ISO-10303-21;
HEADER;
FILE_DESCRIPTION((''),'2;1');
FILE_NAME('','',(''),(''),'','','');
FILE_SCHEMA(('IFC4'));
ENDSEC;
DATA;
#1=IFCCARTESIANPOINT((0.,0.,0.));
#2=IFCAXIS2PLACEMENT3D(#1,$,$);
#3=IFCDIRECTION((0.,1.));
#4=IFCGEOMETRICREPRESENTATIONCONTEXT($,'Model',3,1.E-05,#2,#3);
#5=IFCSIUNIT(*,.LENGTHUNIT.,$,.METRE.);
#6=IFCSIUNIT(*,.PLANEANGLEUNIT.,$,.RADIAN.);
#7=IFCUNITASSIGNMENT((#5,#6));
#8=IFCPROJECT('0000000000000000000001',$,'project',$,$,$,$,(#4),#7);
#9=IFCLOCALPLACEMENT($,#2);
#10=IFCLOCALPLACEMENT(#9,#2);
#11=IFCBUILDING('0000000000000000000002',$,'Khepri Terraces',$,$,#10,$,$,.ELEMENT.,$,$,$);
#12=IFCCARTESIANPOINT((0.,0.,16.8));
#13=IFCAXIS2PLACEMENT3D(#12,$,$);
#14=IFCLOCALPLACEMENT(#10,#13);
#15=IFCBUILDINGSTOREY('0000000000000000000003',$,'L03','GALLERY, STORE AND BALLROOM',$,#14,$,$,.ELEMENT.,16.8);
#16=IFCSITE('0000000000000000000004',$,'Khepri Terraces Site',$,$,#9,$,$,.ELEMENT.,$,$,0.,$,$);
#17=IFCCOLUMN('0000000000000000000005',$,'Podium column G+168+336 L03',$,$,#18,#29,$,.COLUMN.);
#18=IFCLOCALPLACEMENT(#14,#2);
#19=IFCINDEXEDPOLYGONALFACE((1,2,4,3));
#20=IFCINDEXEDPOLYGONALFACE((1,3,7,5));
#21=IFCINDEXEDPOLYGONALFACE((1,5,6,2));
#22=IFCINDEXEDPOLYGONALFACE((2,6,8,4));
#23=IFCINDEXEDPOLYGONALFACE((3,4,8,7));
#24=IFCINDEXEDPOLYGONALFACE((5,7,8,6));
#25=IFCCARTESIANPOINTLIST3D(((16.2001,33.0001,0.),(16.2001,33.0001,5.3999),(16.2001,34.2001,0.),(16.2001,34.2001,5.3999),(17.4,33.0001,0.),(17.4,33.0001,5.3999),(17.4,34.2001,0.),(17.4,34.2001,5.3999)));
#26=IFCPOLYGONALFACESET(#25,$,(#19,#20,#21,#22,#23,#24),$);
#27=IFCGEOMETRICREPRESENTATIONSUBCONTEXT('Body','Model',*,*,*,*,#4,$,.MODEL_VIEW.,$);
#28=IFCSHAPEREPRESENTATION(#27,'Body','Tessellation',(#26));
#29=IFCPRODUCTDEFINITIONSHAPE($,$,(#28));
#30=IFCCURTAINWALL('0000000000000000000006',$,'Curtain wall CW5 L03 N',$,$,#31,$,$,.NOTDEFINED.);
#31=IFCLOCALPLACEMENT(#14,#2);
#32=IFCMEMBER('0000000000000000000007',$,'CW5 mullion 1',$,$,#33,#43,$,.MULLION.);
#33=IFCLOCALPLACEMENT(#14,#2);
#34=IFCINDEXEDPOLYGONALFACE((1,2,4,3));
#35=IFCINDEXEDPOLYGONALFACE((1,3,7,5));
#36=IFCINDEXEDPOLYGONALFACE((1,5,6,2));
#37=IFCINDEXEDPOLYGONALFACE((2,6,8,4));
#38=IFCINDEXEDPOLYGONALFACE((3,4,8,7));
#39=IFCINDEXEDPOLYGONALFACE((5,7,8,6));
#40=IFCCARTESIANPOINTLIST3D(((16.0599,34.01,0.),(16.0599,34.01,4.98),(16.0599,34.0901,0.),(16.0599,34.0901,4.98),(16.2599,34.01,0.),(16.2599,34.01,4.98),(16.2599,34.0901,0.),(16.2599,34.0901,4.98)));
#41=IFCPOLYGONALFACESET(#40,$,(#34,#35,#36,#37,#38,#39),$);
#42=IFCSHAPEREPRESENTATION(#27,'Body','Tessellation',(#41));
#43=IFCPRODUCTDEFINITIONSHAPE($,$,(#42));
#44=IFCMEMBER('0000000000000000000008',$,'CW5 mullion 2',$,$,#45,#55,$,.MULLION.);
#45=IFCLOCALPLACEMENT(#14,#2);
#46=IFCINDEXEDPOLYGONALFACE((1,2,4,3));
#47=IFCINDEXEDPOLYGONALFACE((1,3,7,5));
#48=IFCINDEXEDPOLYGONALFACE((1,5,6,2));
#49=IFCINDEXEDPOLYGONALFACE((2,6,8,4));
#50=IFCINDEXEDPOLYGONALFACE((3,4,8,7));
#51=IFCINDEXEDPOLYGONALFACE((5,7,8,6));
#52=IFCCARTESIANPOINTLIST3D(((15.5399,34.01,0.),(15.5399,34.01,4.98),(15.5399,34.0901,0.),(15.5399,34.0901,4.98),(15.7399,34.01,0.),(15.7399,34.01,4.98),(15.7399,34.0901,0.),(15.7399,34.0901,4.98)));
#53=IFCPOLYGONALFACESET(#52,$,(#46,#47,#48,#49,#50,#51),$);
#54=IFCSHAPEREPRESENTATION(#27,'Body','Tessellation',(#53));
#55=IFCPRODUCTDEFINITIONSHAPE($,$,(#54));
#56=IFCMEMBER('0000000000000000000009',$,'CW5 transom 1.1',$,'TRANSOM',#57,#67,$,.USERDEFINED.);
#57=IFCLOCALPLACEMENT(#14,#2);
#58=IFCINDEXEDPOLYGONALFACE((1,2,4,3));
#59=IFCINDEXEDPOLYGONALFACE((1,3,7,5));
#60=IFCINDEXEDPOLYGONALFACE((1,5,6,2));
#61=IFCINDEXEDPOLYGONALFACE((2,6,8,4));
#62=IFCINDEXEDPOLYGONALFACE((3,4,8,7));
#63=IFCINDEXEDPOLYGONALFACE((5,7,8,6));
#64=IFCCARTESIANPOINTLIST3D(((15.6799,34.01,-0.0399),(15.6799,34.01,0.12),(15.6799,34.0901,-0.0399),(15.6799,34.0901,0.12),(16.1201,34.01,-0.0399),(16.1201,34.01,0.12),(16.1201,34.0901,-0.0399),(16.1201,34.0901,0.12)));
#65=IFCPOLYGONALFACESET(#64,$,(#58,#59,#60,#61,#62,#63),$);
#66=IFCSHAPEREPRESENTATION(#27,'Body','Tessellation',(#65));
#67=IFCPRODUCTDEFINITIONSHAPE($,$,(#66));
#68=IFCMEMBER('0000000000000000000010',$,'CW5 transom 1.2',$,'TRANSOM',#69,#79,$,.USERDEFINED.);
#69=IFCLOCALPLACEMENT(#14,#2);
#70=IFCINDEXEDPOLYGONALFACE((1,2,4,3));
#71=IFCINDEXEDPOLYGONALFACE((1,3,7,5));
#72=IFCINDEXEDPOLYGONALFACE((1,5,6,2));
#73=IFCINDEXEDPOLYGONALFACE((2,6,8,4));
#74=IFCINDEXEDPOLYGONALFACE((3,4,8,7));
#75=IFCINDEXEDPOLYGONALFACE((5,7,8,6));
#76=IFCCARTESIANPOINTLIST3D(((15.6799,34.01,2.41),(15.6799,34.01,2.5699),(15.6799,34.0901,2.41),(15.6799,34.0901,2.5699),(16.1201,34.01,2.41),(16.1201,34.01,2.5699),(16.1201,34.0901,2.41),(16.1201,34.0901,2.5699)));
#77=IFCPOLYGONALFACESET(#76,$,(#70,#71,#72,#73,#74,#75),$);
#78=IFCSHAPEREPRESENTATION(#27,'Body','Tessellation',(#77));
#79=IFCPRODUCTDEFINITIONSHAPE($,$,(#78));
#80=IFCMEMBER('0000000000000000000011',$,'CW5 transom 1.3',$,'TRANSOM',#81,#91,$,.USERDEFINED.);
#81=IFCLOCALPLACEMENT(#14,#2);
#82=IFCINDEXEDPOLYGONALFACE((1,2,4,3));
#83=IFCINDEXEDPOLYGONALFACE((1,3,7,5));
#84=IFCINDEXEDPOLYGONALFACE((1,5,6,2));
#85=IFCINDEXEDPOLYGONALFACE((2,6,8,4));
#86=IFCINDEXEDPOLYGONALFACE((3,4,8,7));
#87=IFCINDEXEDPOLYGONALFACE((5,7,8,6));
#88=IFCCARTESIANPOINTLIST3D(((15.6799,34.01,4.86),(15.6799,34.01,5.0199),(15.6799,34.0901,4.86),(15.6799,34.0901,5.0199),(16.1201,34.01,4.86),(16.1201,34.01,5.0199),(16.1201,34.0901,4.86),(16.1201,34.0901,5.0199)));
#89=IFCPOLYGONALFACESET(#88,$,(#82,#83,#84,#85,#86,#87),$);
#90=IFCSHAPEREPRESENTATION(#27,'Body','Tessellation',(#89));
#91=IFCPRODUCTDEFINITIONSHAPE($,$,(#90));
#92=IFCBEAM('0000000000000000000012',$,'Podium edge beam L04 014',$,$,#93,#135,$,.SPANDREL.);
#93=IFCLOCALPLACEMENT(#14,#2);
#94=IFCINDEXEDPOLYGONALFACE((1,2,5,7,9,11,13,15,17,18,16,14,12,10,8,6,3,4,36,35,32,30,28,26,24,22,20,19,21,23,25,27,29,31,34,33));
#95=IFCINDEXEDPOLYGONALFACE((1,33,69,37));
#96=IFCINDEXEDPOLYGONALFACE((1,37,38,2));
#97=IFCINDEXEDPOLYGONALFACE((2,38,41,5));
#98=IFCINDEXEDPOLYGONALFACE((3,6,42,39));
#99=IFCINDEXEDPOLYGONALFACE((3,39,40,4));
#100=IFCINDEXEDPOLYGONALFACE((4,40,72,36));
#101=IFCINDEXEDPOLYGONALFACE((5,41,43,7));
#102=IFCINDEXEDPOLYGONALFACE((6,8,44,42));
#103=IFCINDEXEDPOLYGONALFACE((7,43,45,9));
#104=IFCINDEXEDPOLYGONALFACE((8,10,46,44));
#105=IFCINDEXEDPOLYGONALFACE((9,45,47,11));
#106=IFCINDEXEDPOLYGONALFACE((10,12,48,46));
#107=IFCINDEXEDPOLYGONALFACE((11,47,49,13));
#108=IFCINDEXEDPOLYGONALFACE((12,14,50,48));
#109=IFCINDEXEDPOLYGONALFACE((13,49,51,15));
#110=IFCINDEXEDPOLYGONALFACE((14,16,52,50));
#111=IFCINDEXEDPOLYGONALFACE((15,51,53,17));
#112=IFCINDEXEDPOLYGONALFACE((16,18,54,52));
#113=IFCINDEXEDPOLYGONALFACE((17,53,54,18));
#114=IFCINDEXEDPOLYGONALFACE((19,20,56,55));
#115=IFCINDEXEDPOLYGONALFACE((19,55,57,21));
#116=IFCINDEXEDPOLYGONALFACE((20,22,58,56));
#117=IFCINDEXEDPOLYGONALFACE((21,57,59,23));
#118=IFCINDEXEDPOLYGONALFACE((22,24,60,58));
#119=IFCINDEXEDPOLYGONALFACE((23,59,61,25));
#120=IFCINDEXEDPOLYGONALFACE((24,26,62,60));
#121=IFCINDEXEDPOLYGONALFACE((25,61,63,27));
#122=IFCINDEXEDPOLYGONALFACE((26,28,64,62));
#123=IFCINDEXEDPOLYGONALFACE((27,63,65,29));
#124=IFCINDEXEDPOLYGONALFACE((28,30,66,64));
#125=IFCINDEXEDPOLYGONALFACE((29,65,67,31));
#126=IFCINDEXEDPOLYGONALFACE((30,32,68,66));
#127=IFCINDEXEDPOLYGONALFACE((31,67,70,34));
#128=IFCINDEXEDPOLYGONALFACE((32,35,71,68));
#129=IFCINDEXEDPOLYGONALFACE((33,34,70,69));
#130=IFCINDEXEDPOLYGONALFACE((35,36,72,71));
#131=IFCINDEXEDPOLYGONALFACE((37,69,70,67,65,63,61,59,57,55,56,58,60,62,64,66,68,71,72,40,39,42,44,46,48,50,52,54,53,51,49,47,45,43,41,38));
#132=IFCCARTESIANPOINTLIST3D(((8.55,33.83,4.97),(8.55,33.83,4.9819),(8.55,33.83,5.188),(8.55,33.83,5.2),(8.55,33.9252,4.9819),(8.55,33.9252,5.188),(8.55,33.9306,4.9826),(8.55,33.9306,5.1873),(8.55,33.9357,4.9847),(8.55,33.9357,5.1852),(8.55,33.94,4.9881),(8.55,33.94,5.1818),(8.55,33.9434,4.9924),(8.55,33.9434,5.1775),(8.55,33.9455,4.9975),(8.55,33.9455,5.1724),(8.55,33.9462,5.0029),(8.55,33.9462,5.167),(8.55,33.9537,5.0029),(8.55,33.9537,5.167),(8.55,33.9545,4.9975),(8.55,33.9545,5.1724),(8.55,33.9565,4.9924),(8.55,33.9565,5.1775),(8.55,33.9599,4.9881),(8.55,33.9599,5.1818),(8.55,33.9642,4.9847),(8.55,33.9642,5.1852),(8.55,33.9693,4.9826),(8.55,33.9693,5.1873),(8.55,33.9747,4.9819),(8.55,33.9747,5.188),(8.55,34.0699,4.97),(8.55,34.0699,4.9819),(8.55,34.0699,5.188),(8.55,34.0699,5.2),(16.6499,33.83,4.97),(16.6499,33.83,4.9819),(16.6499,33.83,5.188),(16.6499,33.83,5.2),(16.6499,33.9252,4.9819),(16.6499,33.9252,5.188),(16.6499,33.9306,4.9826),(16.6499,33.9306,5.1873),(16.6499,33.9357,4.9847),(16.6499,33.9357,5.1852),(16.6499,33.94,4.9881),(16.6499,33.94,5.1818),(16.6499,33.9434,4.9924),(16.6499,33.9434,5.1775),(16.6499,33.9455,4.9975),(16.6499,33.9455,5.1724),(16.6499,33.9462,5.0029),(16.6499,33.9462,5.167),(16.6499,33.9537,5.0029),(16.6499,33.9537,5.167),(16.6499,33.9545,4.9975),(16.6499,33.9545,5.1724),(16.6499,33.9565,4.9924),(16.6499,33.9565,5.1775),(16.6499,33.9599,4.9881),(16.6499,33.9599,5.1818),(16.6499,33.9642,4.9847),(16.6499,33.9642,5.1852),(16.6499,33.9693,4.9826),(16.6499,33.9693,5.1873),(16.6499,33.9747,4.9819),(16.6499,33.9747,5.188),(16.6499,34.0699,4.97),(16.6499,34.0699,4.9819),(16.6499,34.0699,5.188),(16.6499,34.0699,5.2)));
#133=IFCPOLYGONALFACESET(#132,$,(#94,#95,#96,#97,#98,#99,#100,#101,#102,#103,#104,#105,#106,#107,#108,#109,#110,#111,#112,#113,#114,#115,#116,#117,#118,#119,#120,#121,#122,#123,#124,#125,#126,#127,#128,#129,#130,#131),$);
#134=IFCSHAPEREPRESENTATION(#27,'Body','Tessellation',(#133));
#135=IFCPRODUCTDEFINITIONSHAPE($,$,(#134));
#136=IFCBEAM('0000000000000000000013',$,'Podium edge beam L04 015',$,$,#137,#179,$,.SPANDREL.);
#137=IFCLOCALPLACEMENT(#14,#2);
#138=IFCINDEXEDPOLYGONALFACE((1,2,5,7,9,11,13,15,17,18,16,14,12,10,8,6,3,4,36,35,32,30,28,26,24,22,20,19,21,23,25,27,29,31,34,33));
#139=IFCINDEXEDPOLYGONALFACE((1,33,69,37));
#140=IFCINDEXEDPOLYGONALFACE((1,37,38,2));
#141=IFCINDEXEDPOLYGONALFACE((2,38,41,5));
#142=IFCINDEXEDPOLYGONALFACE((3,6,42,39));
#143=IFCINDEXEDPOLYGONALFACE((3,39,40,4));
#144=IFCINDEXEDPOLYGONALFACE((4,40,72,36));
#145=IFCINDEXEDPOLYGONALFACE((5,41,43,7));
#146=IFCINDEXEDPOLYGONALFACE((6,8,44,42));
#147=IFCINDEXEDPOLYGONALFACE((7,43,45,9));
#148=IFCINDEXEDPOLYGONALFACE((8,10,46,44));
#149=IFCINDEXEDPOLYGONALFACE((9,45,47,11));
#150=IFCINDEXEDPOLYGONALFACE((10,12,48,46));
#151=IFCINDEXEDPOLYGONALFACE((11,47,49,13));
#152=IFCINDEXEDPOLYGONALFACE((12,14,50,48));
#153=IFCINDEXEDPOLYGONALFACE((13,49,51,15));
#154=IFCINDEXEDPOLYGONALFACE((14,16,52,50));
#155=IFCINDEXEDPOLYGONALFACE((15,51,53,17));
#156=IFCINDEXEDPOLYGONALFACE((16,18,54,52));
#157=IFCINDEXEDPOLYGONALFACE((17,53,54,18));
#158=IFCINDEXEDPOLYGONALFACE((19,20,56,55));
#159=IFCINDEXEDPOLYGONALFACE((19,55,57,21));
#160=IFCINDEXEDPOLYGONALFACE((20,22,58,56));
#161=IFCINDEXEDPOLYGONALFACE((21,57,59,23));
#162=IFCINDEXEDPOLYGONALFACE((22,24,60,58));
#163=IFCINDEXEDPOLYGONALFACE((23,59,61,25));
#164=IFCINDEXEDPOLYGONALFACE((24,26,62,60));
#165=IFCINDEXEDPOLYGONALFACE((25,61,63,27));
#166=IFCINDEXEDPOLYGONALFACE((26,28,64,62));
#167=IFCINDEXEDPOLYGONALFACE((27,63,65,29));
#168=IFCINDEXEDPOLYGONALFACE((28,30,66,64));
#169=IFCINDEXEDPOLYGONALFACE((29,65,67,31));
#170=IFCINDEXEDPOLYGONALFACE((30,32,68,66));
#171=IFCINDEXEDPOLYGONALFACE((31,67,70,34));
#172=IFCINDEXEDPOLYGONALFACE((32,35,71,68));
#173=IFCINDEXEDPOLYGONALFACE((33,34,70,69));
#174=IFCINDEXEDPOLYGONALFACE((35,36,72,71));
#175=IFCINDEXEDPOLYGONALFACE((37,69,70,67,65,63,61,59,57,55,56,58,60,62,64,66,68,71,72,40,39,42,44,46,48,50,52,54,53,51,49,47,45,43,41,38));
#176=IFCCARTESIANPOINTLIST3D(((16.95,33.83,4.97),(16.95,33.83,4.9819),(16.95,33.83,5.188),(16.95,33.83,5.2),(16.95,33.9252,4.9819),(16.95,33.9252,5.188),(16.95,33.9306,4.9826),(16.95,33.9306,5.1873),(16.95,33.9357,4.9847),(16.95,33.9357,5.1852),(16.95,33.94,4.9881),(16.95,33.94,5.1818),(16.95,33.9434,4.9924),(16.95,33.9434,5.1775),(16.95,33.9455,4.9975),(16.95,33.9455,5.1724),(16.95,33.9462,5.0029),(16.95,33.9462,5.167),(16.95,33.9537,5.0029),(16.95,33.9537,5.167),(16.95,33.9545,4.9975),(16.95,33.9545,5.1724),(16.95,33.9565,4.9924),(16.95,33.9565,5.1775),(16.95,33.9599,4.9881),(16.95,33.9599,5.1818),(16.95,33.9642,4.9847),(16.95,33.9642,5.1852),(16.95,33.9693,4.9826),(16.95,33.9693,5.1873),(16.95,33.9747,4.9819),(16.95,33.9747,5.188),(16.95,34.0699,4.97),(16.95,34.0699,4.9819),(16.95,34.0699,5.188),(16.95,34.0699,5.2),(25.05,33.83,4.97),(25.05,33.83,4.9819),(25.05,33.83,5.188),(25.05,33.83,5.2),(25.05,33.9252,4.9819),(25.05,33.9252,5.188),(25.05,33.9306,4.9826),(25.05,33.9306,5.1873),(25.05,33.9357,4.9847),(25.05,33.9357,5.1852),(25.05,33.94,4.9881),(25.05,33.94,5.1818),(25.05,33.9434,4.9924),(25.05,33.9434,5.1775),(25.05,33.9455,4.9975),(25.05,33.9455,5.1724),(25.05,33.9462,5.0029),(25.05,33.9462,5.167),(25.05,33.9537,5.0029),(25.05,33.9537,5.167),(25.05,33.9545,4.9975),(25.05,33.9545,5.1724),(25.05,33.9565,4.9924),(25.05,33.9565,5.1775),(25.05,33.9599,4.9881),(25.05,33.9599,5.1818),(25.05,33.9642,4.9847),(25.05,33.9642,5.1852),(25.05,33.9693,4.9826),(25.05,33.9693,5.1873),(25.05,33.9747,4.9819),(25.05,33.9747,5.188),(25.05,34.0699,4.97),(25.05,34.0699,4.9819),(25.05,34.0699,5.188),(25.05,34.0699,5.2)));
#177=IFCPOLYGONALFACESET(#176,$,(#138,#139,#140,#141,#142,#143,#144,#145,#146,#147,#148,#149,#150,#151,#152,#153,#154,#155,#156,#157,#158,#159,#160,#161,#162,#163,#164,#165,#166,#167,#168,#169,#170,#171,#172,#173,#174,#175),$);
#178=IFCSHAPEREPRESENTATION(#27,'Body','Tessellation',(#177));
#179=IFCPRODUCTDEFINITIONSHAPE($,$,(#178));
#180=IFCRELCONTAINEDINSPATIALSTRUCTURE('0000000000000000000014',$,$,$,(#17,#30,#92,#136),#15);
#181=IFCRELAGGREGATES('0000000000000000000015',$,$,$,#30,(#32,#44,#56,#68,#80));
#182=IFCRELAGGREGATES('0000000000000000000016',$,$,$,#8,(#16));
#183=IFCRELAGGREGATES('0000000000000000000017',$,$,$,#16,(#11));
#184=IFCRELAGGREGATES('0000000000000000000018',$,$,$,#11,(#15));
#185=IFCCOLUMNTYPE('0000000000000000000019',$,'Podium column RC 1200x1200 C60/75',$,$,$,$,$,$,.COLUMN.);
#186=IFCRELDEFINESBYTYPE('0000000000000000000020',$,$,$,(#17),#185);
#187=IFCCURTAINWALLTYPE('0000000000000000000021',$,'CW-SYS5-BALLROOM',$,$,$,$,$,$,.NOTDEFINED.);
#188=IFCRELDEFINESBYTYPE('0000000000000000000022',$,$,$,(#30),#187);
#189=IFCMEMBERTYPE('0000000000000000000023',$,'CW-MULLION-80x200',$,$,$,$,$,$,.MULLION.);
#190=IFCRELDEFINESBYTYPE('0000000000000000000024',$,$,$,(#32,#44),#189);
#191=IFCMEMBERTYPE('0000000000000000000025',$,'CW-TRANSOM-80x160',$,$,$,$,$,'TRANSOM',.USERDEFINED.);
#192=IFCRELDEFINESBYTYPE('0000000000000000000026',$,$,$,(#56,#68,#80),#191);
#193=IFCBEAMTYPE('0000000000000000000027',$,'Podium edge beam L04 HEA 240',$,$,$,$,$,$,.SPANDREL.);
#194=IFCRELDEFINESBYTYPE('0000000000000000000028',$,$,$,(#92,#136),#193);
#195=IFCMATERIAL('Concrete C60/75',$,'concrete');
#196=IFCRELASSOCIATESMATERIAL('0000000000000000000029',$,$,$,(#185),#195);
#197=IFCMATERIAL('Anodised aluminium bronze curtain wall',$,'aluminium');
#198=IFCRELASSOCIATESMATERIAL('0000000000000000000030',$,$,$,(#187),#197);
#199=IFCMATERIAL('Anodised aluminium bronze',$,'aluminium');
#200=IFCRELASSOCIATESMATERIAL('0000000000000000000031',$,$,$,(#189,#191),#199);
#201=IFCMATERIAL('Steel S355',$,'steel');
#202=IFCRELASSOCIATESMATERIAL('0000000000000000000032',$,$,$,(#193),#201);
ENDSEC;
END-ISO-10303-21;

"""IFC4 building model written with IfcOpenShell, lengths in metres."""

from ifc_helpers import new_model, si_unit, direction, frame, origin, origin_2d, place, context, subcontext, project, spatial, rectangle, i_section, extrude, material, material_profile, profile_set, type_object, element, aggregate, save


model = new_model("IFC4")

# Units and contexts
model_context = context("Model", 3, precision=1e-05, world=origin(), true_north=direction((0.0, 1.0)))
body_context = subcontext(model_context, "Body", "Model", "MODEL_VIEW")
ifc_project = project(units=[si_unit("LENGTHUNIT", "METRE"), si_unit("PLANEANGLEUNIT", "RADIAN")], contexts=[model_context])

# Site, building, storey
site_placement = place(None, origin())
site = spatial("IfcSite", under=ifc_project, at=site_placement, Name="Khepri Terraces Site", CompositionType="ELEMENT", RefElevation=0.0)
building_placement = place(site_placement, origin())
building = spatial("IfcBuilding", under=site, at=building_placement, Name="Khepri Terraces", CompositionType="ELEMENT")
storey_placement = place(building_placement, frame((0.0, 0.0, 16.8)))
storey = spatial("IfcBuildingStorey", under=building, at=storey_placement, Name="L03", Description="GALLERY, STORE AND BALLROOM", CompositionType="ELEMENT", Elevation=16.8)

# Column
ifc_material_1 = material(Name="Concrete C60/75", Category="concrete")
ifc_material_profile_1 = material_profile(ifc_material_1, rectangle(XDim=1.2, YDim=1.2, at=origin_2d()), Name="Concrete C60/75", Category="concrete")
ifc_profile_set_1 = profile_set([ifc_material_profile_1], Name="Concrete C60/75")
column_type = type_object("IfcColumnType", Name="Podium column RC 1200x1200 C60/75", PredefinedType="COLUMN", material=ifc_profile_set_1)
column_placement = place(storey_placement, frame((16.8, 33.6001, 0.0), z_axis=(0.0, 0.0, 1.0), x_axis=(1.0, 0.0, 0.0)))
element("IfcColumn", 1, at=column_placement, inside=storey, type_object=column_type, Name="Podium column G+168+336 L03", PredefinedType="COLUMN", context=body_context, shape_type="SweptSolid", body=[
    extrude(rectangle(XDim=1.2, YDim=1.2, at=origin_2d()), origin(), (0.0, 0.0, 1.0), 5.3999),
])

# Curtain wall, members
ifc_material_2 = material(Name="Anodised aluminium bronze curtain wall", Category="aluminium")
curtain_wall_type = type_object("IfcCurtainWallType", Name="CW-SYS5-BALLROOM", PredefinedType="NOTDEFINED", material=ifc_material_2)
curtain_wall_placement = place(storey_placement, origin())
curtain_wall = element("IfcCurtainWall", 2, at=curtain_wall_placement, inside=storey, type_object=curtain_wall_type, Name="Curtain wall CW5 L03 N", PredefinedType="NOTDEFINED")
ifc_material_3 = material(Name="Anodised aluminium bronze", Category="aluminium")
ifc_material_profile_2 = material_profile(ifc_material_3, rectangle(XDim=0.0801, YDim=0.2, at=origin_2d()), Name="Anodised aluminium bronze", Category="aluminium")
ifc_profile_set_2 = profile_set([ifc_material_profile_2], Name="Anodised aluminium bronze")
member_type_1 = type_object("IfcMemberType", Name="CW-MULLION-80x200", PredefinedType="MULLION", material=ifc_profile_set_2)
member_1_placement = place(storey_placement, frame((16.1599, 34.05, 0.0), z_axis=(0.0, 0.0, 1.0), x_axis=(0.0, -1.0, 0.0)))
member_1 = element("IfcMember", 3, at=member_1_placement, type_object=member_type_1, Name="CW5 mullion 1", PredefinedType="MULLION", context=body_context, shape_type="SweptSolid", body=[
    extrude(rectangle(XDim=0.0801, YDim=0.2, at=origin_2d()), origin(), (0.0, 0.0, 1.0), 4.98),
])
member_2_placement = place(storey_placement, frame((15.6399, 34.05, 0.0), z_axis=(0.0, 0.0, 1.0), x_axis=(0.0, -1.0, 0.0)))
member_2 = element("IfcMember", 4, at=member_2_placement, type_object=member_type_1, Name="CW5 mullion 2", PredefinedType="MULLION", context=body_context, shape_type="SweptSolid", body=[
    extrude(rectangle(XDim=0.0801, YDim=0.2, at=origin_2d()), origin(), (0.0, 0.0, 1.0), 4.98),
])
ifc_material_profile_3 = material_profile(ifc_material_3, rectangle(XDim=0.0801, YDim=0.1599, at=origin_2d()), Name="Anodised aluminium bronze", Category="aluminium")
ifc_profile_set_3 = profile_set([ifc_material_profile_3], Name="Anodised aluminium bronze")
member_type_2 = type_object("IfcMemberType", Name="CW-TRANSOM-80x160", ElementType="TRANSOM", PredefinedType="USERDEFINED", material=ifc_profile_set_3)
member_3_placement = place(storey_placement, frame((16.1201, 34.05, 0.04), z_axis=(-1.0, 0.0, 0.0), x_axis=(0.0, -1.0, 0.0)))
member_3 = element("IfcMember", 5, at=member_3_placement, type_object=member_type_2, Name="CW5 transom 1.1", ObjectType="TRANSOM", PredefinedType="USERDEFINED", context=body_context, shape_type="SweptSolid", body=[
    extrude(rectangle(XDim=0.0801, YDim=0.1599, at=origin_2d()), origin(), (0.0, 0.0, 1.0), 0.4402),
])
member_4_placement = place(storey_placement, frame((16.1201, 34.05, 2.49), z_axis=(-1.0, 0.0, 0.0), x_axis=(0.0, -1.0, 0.0)))
member_4 = element("IfcMember", 6, at=member_4_placement, type_object=member_type_2, Name="CW5 transom 1.2", ObjectType="TRANSOM", PredefinedType="USERDEFINED", context=body_context, shape_type="SweptSolid", body=[
    extrude(rectangle(XDim=0.0801, YDim=0.1599, at=origin_2d()), origin(), (0.0, 0.0, 1.0), 0.4402),
])
member_5_placement = place(storey_placement, frame((16.1201, 34.05, 4.9399), z_axis=(-1.0, 0.0, 0.0), x_axis=(0.0, -1.0, 0.0)))
member_5 = element("IfcMember", 7, at=member_5_placement, type_object=member_type_2, Name="CW5 transom 1.3", ObjectType="TRANSOM", PredefinedType="USERDEFINED", context=body_context, shape_type="SweptSolid", body=[
    extrude(rectangle(XDim=0.0801, YDim=0.1599, at=origin_2d()), origin(), (0.0, 0.0, 1.0), 0.4402),
])

# Beams
ifc_material_4 = material(Name="Steel S355", Category="steel")
ifc_material_profile_4 = material_profile(ifc_material_4, i_section(OverallWidth=0.24, OverallDepth=0.23, WebThickness=0.0076, FlangeThickness=0.012, FilletRadius=0.021, at=origin_2d()), Name="Steel S355", Category="steel")
ifc_profile_set_4 = profile_set([ifc_material_profile_4], Name="Steel S355")
beam_type_1 = type_object("IfcBeamType", Name="Podium edge beam L04 HEA 240", PredefinedType="SPANDREL", material=ifc_profile_set_4)
beam_1_placement = place(storey_placement, frame((8.55, 33.95, 5.085), z_axis=(1.0, 0.0, 0.0), x_axis=(0.0, 1.0, 0.0)))
element("IfcBeam", 8, at=beam_1_placement, inside=storey, type_object=beam_type_1, Name="Podium edge beam L04 014", PredefinedType="SPANDREL", context=body_context, shape_type="SweptSolid", body=[
    extrude(i_section(OverallWidth=0.24, OverallDepth=0.23, WebThickness=0.0076, FlangeThickness=0.012, FilletRadius=0.021, at=origin_2d()), origin(), (0.0, 0.0, 1.0), 8.0999),
])
beam_2_placement = place(storey_placement, frame((16.95, 33.95, 5.085), z_axis=(1.0, 0.0, 0.0), x_axis=(0.0, 1.0, 0.0)))
element("IfcBeam", 9, at=beam_2_placement, inside=storey, type_object=beam_type_1, Name="Podium edge beam L04 015", PredefinedType="SPANDREL", context=body_context, shape_type="SweptSolid", body=[
    extrude(i_section(OverallWidth=0.24, OverallDepth=0.23, WebThickness=0.0076, FlangeThickness=0.012, FilletRadius=0.021, at=origin_2d()), origin(), (0.0, 0.0, 1.0), 8.1001),
])

aggregate(curtain_wall, [member_1, member_2, member_3, member_4, member_5])

save(model, "model.ifc")
